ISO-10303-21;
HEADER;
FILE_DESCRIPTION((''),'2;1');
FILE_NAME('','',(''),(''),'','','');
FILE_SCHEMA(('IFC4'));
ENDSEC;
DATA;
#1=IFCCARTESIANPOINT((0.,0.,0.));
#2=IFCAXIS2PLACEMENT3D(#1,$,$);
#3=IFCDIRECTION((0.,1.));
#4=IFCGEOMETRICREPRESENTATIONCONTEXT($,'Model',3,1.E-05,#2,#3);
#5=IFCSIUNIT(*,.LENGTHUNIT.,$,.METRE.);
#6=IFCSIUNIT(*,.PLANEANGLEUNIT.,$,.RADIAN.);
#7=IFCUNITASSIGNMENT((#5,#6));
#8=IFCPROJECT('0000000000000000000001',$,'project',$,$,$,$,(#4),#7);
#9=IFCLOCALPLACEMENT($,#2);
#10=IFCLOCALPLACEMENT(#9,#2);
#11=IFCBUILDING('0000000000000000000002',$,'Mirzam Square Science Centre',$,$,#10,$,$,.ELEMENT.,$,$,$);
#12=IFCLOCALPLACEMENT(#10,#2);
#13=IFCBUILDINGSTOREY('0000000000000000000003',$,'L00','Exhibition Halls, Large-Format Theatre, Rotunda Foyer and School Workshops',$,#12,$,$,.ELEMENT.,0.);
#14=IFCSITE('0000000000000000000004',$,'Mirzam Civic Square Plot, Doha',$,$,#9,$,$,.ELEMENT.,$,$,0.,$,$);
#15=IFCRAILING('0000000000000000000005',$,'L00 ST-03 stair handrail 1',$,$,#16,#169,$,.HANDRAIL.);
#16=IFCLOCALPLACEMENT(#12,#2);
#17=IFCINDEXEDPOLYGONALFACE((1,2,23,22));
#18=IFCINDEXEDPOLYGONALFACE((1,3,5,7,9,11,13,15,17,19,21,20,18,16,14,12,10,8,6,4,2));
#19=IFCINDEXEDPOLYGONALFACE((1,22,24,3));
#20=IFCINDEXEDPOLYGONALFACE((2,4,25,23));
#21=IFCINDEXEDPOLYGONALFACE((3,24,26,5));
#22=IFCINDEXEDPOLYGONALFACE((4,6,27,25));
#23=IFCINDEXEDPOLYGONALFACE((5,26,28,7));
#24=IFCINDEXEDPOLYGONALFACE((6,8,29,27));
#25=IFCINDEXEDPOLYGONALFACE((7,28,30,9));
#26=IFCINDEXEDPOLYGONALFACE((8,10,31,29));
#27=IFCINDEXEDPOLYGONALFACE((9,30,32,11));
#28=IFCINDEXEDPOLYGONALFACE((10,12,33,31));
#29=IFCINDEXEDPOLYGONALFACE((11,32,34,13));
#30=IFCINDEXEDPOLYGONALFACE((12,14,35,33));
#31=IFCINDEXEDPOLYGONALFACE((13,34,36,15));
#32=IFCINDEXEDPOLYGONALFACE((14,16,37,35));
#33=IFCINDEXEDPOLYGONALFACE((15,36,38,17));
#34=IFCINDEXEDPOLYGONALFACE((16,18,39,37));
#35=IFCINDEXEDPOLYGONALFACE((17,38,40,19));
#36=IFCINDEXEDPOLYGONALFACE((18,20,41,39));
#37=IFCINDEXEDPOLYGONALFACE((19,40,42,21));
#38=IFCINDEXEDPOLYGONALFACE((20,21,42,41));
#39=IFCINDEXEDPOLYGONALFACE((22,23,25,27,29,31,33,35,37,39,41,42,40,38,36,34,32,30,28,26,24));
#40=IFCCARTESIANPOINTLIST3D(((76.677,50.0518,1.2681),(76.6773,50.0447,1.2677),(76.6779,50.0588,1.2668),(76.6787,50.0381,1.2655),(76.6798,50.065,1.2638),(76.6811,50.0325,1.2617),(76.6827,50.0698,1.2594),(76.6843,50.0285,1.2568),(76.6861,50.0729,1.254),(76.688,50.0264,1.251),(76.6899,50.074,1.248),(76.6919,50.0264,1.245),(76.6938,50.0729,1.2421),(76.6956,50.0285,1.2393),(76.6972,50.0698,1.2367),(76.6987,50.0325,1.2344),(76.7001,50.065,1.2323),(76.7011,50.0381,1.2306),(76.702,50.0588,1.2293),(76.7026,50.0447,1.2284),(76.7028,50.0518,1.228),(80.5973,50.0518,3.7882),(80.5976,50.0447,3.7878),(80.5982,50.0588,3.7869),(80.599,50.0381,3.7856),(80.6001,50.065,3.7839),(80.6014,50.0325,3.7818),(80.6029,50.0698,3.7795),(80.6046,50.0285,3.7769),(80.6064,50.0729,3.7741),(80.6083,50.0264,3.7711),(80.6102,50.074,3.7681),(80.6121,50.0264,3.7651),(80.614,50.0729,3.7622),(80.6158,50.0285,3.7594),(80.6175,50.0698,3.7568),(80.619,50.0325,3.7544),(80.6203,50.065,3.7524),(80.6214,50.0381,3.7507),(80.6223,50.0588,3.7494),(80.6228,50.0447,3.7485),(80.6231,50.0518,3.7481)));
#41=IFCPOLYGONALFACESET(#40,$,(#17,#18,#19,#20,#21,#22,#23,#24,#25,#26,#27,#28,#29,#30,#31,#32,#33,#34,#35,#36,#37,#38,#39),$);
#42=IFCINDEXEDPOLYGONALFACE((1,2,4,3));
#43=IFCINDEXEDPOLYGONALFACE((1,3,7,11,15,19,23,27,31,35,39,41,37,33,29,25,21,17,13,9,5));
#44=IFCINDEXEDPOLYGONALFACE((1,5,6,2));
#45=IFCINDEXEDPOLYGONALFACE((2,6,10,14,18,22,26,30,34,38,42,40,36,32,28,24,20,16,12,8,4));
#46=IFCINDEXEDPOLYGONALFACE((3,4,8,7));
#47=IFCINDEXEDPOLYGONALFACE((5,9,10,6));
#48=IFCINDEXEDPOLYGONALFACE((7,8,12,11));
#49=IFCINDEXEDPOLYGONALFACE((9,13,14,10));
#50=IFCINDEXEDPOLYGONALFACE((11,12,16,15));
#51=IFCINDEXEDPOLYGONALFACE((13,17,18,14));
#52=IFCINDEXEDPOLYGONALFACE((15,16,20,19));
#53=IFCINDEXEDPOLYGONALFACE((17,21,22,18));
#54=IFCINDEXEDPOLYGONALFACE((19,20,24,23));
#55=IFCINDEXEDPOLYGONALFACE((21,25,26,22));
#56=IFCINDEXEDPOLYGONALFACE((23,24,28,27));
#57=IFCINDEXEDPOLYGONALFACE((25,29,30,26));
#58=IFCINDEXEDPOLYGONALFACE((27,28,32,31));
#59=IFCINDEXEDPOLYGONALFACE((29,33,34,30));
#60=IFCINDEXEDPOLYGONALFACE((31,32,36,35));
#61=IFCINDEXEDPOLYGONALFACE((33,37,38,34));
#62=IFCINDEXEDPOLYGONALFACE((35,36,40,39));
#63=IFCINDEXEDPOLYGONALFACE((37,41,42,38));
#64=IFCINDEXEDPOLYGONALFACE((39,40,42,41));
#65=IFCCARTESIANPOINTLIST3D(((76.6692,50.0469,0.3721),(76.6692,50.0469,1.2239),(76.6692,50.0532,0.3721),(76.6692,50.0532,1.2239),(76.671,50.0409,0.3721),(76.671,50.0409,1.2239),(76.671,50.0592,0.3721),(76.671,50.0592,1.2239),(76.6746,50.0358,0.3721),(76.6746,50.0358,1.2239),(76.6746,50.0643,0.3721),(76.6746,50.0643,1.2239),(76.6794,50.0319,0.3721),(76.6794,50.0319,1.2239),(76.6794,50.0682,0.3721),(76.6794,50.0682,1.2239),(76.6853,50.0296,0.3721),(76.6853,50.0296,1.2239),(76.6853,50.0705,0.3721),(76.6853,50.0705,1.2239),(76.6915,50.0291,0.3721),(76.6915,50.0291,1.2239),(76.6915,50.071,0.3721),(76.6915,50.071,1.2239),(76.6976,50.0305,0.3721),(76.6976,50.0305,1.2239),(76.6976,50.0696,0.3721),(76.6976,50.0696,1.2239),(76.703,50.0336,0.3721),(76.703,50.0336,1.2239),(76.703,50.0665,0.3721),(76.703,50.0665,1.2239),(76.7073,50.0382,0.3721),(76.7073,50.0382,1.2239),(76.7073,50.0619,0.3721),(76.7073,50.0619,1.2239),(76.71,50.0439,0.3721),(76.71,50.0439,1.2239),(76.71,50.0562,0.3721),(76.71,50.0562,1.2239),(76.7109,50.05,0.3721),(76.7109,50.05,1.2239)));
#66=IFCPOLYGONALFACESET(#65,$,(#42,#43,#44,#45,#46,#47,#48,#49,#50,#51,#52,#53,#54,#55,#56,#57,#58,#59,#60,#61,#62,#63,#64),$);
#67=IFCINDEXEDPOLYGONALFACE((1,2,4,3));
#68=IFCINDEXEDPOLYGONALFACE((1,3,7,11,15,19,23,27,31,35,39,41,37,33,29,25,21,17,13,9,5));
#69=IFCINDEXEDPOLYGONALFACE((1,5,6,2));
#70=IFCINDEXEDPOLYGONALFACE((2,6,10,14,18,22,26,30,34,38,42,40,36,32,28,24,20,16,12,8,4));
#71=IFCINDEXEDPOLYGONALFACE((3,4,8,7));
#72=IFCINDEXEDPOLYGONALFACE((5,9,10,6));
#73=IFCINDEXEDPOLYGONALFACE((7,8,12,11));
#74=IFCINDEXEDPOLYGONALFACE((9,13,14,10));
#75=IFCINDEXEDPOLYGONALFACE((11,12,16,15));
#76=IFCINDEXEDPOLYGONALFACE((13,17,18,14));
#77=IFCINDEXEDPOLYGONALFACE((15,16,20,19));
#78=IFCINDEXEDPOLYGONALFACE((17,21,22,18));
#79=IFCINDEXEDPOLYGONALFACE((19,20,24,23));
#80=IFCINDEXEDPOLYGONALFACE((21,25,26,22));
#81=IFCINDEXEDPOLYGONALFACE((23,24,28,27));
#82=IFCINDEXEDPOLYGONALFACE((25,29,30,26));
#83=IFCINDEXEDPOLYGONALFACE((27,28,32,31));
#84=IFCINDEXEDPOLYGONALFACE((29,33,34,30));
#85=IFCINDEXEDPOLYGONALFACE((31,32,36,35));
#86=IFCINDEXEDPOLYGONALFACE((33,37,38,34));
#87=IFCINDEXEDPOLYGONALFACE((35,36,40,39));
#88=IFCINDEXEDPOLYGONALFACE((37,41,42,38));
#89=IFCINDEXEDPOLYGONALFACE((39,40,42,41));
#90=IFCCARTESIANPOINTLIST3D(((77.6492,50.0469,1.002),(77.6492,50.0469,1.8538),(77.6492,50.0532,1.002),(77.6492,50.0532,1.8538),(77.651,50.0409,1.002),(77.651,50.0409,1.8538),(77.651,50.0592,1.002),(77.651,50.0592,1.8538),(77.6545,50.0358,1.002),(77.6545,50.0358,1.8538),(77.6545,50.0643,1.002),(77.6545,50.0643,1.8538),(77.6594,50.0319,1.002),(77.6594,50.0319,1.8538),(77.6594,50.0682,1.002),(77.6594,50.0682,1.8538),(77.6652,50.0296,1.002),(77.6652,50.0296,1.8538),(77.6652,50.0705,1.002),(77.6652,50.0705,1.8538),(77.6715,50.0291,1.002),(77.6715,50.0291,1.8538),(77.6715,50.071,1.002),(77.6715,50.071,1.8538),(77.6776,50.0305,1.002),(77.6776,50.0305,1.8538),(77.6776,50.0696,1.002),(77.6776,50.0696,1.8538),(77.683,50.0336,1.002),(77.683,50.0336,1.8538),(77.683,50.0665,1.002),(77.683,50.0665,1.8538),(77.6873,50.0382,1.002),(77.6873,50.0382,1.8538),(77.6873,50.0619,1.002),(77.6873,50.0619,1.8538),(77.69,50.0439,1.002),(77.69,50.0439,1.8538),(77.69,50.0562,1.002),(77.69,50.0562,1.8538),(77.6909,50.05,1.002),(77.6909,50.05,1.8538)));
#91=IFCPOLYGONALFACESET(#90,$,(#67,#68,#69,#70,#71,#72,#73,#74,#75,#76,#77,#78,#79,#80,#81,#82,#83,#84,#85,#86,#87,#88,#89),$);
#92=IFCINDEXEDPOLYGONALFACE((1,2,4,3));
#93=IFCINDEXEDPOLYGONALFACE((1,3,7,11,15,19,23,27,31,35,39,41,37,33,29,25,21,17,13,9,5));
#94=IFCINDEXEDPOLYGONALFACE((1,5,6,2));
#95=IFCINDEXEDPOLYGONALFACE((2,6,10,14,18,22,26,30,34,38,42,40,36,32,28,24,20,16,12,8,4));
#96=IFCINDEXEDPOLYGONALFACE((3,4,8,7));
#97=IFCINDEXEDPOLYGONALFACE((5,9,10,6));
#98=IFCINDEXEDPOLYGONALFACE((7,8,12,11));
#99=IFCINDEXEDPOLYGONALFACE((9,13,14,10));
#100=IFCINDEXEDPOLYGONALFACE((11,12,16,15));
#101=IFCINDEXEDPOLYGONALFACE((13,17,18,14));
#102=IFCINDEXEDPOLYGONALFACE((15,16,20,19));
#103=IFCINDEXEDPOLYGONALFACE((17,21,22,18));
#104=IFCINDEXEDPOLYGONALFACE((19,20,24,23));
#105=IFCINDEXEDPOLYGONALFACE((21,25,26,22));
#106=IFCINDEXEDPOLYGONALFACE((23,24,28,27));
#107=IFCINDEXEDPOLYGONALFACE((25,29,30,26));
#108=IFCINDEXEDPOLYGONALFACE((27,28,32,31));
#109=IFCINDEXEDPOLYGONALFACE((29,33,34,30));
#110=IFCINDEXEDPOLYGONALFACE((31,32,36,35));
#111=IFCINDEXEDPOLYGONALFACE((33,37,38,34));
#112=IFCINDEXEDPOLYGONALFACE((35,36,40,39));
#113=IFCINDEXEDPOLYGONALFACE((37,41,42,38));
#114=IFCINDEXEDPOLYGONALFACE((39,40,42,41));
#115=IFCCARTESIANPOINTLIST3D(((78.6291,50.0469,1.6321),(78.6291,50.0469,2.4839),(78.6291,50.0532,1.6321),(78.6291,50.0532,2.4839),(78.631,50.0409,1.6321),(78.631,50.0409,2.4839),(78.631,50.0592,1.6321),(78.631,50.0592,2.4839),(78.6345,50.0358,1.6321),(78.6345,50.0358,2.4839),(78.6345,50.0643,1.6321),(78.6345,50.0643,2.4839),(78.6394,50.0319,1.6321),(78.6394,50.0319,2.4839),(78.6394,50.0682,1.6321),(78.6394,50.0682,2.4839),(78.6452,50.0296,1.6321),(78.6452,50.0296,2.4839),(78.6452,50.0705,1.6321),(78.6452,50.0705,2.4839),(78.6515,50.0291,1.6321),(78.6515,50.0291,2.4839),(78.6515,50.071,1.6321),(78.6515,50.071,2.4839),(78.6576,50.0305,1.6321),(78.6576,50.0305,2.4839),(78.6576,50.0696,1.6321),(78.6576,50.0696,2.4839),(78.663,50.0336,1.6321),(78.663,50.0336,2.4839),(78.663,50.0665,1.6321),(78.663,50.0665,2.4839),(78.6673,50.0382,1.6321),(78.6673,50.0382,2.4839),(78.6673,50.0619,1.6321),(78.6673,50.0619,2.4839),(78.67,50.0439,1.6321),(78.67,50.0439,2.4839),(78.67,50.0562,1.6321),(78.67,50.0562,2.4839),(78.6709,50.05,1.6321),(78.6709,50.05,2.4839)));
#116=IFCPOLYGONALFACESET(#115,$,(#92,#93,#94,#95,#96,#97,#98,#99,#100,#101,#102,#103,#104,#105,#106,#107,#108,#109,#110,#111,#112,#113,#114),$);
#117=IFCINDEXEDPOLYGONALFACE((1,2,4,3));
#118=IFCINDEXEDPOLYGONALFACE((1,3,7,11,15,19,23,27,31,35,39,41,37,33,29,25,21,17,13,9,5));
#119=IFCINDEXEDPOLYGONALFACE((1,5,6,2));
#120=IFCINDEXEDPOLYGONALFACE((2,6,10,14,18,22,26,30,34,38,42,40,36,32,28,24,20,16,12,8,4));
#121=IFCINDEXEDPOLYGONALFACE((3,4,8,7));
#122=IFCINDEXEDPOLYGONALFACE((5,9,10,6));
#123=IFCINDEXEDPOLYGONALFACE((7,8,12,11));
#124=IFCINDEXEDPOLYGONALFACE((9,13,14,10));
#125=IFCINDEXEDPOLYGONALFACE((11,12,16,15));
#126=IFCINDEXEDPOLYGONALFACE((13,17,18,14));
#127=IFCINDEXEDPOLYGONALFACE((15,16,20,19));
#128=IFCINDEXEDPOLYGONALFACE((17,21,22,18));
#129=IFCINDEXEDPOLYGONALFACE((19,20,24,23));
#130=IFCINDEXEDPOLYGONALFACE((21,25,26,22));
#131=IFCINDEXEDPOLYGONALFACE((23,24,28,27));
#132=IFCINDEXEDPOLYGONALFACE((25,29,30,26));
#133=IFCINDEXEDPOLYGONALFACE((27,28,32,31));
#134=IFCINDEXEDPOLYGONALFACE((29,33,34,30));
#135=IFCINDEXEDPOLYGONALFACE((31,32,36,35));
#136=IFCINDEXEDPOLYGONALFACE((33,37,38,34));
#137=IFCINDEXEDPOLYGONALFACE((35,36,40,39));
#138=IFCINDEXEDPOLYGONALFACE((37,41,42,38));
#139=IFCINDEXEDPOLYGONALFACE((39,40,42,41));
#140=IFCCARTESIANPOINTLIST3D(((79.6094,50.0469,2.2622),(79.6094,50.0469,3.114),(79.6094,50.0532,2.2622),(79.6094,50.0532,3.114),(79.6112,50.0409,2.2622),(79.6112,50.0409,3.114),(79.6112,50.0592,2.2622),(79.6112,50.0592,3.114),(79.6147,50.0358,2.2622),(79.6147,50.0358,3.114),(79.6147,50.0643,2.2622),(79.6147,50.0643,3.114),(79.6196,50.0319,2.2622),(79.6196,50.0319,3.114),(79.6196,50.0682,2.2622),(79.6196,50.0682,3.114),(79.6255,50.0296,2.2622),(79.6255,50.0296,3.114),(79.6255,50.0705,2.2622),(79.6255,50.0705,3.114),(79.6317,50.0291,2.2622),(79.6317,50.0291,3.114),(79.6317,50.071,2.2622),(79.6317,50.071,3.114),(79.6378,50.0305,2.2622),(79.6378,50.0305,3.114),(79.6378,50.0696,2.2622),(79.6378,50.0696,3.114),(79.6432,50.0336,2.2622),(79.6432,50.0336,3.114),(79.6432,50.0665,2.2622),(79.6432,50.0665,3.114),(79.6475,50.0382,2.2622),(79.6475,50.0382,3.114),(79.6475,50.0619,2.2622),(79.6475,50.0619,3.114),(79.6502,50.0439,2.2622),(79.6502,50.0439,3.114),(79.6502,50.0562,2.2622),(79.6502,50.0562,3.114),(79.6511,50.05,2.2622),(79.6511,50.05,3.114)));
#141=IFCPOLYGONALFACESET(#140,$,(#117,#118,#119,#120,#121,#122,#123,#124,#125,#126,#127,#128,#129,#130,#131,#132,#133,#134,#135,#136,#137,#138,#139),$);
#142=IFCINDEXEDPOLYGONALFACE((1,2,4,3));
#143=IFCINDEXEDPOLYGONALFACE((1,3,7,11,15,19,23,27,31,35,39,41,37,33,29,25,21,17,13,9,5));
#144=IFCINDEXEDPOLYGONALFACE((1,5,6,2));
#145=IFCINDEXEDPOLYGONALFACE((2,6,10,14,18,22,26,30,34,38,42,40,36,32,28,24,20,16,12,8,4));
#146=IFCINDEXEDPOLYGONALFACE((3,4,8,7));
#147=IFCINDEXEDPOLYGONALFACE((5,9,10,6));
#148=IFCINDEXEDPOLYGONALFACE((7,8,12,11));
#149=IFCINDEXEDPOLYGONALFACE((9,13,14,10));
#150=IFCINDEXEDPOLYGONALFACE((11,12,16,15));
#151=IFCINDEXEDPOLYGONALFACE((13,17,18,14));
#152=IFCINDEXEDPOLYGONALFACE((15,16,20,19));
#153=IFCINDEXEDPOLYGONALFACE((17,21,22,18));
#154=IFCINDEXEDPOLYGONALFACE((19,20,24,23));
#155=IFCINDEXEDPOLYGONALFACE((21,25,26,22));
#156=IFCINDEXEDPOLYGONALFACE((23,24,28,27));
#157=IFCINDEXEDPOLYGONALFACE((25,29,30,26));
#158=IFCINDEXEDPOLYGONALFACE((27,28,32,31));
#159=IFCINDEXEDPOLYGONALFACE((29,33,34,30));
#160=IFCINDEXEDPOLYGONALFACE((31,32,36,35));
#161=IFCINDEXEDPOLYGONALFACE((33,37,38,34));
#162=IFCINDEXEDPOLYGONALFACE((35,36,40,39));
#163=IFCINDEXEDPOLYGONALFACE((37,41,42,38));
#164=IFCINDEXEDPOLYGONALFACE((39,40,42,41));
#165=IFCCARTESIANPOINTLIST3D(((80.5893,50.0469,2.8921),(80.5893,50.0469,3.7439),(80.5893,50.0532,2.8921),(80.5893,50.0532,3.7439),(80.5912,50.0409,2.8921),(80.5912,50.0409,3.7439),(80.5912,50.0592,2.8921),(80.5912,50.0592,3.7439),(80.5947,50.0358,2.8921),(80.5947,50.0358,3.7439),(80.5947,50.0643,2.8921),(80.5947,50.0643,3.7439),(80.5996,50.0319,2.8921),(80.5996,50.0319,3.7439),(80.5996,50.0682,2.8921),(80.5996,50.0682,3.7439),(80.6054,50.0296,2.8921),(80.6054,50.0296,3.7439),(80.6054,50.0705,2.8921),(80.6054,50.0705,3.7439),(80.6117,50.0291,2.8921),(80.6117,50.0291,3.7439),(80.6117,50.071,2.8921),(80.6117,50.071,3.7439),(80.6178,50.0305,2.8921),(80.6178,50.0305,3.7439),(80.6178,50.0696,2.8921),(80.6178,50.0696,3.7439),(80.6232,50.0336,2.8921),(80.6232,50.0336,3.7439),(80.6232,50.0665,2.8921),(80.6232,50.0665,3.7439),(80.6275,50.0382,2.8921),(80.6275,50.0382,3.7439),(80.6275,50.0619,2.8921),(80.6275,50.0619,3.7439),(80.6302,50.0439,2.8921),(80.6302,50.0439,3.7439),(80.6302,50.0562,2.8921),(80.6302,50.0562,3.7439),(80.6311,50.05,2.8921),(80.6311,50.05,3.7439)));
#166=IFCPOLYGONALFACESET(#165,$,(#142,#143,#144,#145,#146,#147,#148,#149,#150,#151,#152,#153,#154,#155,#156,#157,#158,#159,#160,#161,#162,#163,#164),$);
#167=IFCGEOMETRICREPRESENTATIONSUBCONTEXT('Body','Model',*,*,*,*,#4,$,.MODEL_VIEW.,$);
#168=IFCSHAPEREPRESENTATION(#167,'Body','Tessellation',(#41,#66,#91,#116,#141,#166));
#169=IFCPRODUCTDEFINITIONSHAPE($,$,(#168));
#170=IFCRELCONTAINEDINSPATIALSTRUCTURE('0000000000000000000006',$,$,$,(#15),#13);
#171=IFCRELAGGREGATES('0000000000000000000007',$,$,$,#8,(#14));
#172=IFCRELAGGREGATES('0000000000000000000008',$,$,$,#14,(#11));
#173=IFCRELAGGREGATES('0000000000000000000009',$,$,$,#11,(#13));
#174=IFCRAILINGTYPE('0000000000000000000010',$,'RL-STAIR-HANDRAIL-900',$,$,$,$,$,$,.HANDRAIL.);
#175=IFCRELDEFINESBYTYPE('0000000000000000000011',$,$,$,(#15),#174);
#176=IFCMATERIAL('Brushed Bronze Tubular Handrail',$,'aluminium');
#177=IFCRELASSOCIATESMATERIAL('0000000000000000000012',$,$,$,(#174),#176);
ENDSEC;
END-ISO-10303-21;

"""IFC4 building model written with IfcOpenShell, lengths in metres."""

from ifc_helpers import new_model, si_unit, direction, frame, origin, origin_2d, place, context, subcontext, project, spatial, circle, extrude, material, type_object, element, save


model = new_model("IFC4")

# Units and contexts
model_context = context("Model", 3, precision=1e-05, world=origin(), true_north=direction((0.0, 1.0)))
body_context = subcontext(model_context, "Body", "Model", "MODEL_VIEW")
ifc_project = project(units=[si_unit("LENGTHUNIT", "METRE"), si_unit("PLANEANGLEUNIT", "RADIAN")], contexts=[model_context])

# Site, building, storey
site_placement = place(None, origin())
site = spatial("IfcSite", under=ifc_project, at=site_placement, Name="Mirzam Civic Square Plot, Doha", CompositionType="ELEMENT", RefElevation=0.0)
building_placement = place(site_placement, origin())
building = spatial("IfcBuilding", under=site, at=building_placement, Name="Mirzam Square Science Centre", CompositionType="ELEMENT")
storey_placement = place(building_placement, origin())
storey = spatial("IfcBuildingStorey", under=building, at=storey_placement, Name="L00", Description="Exhibition Halls, Large-Format Theatre, Rotunda Foyer and School Workshops", CompositionType="ELEMENT", Elevation=0.0)

# Railing
ifc_material_1 = material(Name="Brushed Bronze Tubular Handrail", Category="aluminium")
railing_type_1 = type_object("IfcRailingType", Name="RL-STAIR-HANDRAIL-900", PredefinedType="HANDRAIL", material=ifc_material_1)
railing_1_placement = place(storey_placement, frame((76.6899, 50.05, 0.3721)))
element("IfcRailing", 1, at=railing_1_placement, inside=storey, type_object=railing_type_1, Name="L00 ST-03 stair handrail 1", PredefinedType="HANDRAIL", context=body_context, shape_type="SweptSolid", body=[
    extrude(circle(Radius=0.0239, at=origin_2d()), frame((0.0, 0.0, 0.876), z_axis=(0.841187, 0.0, 0.540744), x_axis=(0.0, 1.0, 0.0)), (0.0, 0.0, 1.0), 4.6604),
    extrude(circle(Radius=0.021, at=origin_2d()), origin(), (0.0, 0.0, 1.0), 0.8518),
    extrude(circle(Radius=0.021, at=origin_2d()), frame((0.98, 0.0, 0.6299)), (0.0, 0.0, 1.0), 0.8518),
    extrude(circle(Radius=0.021, at=origin_2d()), frame((1.96, 0.0, 1.26)), (0.0, 0.0, 1.0), 0.8518),
    extrude(circle(Radius=0.021, at=origin_2d()), frame((2.9402, 0.0, 1.8901)), (0.0, 0.0, 1.0), 0.8518),
    extrude(circle(Radius=0.021, at=origin_2d()), frame((3.9202, 0.0, 2.52)), (0.0, 0.0, 1.0), 0.8518),
])

save(model, "model.ifc")
